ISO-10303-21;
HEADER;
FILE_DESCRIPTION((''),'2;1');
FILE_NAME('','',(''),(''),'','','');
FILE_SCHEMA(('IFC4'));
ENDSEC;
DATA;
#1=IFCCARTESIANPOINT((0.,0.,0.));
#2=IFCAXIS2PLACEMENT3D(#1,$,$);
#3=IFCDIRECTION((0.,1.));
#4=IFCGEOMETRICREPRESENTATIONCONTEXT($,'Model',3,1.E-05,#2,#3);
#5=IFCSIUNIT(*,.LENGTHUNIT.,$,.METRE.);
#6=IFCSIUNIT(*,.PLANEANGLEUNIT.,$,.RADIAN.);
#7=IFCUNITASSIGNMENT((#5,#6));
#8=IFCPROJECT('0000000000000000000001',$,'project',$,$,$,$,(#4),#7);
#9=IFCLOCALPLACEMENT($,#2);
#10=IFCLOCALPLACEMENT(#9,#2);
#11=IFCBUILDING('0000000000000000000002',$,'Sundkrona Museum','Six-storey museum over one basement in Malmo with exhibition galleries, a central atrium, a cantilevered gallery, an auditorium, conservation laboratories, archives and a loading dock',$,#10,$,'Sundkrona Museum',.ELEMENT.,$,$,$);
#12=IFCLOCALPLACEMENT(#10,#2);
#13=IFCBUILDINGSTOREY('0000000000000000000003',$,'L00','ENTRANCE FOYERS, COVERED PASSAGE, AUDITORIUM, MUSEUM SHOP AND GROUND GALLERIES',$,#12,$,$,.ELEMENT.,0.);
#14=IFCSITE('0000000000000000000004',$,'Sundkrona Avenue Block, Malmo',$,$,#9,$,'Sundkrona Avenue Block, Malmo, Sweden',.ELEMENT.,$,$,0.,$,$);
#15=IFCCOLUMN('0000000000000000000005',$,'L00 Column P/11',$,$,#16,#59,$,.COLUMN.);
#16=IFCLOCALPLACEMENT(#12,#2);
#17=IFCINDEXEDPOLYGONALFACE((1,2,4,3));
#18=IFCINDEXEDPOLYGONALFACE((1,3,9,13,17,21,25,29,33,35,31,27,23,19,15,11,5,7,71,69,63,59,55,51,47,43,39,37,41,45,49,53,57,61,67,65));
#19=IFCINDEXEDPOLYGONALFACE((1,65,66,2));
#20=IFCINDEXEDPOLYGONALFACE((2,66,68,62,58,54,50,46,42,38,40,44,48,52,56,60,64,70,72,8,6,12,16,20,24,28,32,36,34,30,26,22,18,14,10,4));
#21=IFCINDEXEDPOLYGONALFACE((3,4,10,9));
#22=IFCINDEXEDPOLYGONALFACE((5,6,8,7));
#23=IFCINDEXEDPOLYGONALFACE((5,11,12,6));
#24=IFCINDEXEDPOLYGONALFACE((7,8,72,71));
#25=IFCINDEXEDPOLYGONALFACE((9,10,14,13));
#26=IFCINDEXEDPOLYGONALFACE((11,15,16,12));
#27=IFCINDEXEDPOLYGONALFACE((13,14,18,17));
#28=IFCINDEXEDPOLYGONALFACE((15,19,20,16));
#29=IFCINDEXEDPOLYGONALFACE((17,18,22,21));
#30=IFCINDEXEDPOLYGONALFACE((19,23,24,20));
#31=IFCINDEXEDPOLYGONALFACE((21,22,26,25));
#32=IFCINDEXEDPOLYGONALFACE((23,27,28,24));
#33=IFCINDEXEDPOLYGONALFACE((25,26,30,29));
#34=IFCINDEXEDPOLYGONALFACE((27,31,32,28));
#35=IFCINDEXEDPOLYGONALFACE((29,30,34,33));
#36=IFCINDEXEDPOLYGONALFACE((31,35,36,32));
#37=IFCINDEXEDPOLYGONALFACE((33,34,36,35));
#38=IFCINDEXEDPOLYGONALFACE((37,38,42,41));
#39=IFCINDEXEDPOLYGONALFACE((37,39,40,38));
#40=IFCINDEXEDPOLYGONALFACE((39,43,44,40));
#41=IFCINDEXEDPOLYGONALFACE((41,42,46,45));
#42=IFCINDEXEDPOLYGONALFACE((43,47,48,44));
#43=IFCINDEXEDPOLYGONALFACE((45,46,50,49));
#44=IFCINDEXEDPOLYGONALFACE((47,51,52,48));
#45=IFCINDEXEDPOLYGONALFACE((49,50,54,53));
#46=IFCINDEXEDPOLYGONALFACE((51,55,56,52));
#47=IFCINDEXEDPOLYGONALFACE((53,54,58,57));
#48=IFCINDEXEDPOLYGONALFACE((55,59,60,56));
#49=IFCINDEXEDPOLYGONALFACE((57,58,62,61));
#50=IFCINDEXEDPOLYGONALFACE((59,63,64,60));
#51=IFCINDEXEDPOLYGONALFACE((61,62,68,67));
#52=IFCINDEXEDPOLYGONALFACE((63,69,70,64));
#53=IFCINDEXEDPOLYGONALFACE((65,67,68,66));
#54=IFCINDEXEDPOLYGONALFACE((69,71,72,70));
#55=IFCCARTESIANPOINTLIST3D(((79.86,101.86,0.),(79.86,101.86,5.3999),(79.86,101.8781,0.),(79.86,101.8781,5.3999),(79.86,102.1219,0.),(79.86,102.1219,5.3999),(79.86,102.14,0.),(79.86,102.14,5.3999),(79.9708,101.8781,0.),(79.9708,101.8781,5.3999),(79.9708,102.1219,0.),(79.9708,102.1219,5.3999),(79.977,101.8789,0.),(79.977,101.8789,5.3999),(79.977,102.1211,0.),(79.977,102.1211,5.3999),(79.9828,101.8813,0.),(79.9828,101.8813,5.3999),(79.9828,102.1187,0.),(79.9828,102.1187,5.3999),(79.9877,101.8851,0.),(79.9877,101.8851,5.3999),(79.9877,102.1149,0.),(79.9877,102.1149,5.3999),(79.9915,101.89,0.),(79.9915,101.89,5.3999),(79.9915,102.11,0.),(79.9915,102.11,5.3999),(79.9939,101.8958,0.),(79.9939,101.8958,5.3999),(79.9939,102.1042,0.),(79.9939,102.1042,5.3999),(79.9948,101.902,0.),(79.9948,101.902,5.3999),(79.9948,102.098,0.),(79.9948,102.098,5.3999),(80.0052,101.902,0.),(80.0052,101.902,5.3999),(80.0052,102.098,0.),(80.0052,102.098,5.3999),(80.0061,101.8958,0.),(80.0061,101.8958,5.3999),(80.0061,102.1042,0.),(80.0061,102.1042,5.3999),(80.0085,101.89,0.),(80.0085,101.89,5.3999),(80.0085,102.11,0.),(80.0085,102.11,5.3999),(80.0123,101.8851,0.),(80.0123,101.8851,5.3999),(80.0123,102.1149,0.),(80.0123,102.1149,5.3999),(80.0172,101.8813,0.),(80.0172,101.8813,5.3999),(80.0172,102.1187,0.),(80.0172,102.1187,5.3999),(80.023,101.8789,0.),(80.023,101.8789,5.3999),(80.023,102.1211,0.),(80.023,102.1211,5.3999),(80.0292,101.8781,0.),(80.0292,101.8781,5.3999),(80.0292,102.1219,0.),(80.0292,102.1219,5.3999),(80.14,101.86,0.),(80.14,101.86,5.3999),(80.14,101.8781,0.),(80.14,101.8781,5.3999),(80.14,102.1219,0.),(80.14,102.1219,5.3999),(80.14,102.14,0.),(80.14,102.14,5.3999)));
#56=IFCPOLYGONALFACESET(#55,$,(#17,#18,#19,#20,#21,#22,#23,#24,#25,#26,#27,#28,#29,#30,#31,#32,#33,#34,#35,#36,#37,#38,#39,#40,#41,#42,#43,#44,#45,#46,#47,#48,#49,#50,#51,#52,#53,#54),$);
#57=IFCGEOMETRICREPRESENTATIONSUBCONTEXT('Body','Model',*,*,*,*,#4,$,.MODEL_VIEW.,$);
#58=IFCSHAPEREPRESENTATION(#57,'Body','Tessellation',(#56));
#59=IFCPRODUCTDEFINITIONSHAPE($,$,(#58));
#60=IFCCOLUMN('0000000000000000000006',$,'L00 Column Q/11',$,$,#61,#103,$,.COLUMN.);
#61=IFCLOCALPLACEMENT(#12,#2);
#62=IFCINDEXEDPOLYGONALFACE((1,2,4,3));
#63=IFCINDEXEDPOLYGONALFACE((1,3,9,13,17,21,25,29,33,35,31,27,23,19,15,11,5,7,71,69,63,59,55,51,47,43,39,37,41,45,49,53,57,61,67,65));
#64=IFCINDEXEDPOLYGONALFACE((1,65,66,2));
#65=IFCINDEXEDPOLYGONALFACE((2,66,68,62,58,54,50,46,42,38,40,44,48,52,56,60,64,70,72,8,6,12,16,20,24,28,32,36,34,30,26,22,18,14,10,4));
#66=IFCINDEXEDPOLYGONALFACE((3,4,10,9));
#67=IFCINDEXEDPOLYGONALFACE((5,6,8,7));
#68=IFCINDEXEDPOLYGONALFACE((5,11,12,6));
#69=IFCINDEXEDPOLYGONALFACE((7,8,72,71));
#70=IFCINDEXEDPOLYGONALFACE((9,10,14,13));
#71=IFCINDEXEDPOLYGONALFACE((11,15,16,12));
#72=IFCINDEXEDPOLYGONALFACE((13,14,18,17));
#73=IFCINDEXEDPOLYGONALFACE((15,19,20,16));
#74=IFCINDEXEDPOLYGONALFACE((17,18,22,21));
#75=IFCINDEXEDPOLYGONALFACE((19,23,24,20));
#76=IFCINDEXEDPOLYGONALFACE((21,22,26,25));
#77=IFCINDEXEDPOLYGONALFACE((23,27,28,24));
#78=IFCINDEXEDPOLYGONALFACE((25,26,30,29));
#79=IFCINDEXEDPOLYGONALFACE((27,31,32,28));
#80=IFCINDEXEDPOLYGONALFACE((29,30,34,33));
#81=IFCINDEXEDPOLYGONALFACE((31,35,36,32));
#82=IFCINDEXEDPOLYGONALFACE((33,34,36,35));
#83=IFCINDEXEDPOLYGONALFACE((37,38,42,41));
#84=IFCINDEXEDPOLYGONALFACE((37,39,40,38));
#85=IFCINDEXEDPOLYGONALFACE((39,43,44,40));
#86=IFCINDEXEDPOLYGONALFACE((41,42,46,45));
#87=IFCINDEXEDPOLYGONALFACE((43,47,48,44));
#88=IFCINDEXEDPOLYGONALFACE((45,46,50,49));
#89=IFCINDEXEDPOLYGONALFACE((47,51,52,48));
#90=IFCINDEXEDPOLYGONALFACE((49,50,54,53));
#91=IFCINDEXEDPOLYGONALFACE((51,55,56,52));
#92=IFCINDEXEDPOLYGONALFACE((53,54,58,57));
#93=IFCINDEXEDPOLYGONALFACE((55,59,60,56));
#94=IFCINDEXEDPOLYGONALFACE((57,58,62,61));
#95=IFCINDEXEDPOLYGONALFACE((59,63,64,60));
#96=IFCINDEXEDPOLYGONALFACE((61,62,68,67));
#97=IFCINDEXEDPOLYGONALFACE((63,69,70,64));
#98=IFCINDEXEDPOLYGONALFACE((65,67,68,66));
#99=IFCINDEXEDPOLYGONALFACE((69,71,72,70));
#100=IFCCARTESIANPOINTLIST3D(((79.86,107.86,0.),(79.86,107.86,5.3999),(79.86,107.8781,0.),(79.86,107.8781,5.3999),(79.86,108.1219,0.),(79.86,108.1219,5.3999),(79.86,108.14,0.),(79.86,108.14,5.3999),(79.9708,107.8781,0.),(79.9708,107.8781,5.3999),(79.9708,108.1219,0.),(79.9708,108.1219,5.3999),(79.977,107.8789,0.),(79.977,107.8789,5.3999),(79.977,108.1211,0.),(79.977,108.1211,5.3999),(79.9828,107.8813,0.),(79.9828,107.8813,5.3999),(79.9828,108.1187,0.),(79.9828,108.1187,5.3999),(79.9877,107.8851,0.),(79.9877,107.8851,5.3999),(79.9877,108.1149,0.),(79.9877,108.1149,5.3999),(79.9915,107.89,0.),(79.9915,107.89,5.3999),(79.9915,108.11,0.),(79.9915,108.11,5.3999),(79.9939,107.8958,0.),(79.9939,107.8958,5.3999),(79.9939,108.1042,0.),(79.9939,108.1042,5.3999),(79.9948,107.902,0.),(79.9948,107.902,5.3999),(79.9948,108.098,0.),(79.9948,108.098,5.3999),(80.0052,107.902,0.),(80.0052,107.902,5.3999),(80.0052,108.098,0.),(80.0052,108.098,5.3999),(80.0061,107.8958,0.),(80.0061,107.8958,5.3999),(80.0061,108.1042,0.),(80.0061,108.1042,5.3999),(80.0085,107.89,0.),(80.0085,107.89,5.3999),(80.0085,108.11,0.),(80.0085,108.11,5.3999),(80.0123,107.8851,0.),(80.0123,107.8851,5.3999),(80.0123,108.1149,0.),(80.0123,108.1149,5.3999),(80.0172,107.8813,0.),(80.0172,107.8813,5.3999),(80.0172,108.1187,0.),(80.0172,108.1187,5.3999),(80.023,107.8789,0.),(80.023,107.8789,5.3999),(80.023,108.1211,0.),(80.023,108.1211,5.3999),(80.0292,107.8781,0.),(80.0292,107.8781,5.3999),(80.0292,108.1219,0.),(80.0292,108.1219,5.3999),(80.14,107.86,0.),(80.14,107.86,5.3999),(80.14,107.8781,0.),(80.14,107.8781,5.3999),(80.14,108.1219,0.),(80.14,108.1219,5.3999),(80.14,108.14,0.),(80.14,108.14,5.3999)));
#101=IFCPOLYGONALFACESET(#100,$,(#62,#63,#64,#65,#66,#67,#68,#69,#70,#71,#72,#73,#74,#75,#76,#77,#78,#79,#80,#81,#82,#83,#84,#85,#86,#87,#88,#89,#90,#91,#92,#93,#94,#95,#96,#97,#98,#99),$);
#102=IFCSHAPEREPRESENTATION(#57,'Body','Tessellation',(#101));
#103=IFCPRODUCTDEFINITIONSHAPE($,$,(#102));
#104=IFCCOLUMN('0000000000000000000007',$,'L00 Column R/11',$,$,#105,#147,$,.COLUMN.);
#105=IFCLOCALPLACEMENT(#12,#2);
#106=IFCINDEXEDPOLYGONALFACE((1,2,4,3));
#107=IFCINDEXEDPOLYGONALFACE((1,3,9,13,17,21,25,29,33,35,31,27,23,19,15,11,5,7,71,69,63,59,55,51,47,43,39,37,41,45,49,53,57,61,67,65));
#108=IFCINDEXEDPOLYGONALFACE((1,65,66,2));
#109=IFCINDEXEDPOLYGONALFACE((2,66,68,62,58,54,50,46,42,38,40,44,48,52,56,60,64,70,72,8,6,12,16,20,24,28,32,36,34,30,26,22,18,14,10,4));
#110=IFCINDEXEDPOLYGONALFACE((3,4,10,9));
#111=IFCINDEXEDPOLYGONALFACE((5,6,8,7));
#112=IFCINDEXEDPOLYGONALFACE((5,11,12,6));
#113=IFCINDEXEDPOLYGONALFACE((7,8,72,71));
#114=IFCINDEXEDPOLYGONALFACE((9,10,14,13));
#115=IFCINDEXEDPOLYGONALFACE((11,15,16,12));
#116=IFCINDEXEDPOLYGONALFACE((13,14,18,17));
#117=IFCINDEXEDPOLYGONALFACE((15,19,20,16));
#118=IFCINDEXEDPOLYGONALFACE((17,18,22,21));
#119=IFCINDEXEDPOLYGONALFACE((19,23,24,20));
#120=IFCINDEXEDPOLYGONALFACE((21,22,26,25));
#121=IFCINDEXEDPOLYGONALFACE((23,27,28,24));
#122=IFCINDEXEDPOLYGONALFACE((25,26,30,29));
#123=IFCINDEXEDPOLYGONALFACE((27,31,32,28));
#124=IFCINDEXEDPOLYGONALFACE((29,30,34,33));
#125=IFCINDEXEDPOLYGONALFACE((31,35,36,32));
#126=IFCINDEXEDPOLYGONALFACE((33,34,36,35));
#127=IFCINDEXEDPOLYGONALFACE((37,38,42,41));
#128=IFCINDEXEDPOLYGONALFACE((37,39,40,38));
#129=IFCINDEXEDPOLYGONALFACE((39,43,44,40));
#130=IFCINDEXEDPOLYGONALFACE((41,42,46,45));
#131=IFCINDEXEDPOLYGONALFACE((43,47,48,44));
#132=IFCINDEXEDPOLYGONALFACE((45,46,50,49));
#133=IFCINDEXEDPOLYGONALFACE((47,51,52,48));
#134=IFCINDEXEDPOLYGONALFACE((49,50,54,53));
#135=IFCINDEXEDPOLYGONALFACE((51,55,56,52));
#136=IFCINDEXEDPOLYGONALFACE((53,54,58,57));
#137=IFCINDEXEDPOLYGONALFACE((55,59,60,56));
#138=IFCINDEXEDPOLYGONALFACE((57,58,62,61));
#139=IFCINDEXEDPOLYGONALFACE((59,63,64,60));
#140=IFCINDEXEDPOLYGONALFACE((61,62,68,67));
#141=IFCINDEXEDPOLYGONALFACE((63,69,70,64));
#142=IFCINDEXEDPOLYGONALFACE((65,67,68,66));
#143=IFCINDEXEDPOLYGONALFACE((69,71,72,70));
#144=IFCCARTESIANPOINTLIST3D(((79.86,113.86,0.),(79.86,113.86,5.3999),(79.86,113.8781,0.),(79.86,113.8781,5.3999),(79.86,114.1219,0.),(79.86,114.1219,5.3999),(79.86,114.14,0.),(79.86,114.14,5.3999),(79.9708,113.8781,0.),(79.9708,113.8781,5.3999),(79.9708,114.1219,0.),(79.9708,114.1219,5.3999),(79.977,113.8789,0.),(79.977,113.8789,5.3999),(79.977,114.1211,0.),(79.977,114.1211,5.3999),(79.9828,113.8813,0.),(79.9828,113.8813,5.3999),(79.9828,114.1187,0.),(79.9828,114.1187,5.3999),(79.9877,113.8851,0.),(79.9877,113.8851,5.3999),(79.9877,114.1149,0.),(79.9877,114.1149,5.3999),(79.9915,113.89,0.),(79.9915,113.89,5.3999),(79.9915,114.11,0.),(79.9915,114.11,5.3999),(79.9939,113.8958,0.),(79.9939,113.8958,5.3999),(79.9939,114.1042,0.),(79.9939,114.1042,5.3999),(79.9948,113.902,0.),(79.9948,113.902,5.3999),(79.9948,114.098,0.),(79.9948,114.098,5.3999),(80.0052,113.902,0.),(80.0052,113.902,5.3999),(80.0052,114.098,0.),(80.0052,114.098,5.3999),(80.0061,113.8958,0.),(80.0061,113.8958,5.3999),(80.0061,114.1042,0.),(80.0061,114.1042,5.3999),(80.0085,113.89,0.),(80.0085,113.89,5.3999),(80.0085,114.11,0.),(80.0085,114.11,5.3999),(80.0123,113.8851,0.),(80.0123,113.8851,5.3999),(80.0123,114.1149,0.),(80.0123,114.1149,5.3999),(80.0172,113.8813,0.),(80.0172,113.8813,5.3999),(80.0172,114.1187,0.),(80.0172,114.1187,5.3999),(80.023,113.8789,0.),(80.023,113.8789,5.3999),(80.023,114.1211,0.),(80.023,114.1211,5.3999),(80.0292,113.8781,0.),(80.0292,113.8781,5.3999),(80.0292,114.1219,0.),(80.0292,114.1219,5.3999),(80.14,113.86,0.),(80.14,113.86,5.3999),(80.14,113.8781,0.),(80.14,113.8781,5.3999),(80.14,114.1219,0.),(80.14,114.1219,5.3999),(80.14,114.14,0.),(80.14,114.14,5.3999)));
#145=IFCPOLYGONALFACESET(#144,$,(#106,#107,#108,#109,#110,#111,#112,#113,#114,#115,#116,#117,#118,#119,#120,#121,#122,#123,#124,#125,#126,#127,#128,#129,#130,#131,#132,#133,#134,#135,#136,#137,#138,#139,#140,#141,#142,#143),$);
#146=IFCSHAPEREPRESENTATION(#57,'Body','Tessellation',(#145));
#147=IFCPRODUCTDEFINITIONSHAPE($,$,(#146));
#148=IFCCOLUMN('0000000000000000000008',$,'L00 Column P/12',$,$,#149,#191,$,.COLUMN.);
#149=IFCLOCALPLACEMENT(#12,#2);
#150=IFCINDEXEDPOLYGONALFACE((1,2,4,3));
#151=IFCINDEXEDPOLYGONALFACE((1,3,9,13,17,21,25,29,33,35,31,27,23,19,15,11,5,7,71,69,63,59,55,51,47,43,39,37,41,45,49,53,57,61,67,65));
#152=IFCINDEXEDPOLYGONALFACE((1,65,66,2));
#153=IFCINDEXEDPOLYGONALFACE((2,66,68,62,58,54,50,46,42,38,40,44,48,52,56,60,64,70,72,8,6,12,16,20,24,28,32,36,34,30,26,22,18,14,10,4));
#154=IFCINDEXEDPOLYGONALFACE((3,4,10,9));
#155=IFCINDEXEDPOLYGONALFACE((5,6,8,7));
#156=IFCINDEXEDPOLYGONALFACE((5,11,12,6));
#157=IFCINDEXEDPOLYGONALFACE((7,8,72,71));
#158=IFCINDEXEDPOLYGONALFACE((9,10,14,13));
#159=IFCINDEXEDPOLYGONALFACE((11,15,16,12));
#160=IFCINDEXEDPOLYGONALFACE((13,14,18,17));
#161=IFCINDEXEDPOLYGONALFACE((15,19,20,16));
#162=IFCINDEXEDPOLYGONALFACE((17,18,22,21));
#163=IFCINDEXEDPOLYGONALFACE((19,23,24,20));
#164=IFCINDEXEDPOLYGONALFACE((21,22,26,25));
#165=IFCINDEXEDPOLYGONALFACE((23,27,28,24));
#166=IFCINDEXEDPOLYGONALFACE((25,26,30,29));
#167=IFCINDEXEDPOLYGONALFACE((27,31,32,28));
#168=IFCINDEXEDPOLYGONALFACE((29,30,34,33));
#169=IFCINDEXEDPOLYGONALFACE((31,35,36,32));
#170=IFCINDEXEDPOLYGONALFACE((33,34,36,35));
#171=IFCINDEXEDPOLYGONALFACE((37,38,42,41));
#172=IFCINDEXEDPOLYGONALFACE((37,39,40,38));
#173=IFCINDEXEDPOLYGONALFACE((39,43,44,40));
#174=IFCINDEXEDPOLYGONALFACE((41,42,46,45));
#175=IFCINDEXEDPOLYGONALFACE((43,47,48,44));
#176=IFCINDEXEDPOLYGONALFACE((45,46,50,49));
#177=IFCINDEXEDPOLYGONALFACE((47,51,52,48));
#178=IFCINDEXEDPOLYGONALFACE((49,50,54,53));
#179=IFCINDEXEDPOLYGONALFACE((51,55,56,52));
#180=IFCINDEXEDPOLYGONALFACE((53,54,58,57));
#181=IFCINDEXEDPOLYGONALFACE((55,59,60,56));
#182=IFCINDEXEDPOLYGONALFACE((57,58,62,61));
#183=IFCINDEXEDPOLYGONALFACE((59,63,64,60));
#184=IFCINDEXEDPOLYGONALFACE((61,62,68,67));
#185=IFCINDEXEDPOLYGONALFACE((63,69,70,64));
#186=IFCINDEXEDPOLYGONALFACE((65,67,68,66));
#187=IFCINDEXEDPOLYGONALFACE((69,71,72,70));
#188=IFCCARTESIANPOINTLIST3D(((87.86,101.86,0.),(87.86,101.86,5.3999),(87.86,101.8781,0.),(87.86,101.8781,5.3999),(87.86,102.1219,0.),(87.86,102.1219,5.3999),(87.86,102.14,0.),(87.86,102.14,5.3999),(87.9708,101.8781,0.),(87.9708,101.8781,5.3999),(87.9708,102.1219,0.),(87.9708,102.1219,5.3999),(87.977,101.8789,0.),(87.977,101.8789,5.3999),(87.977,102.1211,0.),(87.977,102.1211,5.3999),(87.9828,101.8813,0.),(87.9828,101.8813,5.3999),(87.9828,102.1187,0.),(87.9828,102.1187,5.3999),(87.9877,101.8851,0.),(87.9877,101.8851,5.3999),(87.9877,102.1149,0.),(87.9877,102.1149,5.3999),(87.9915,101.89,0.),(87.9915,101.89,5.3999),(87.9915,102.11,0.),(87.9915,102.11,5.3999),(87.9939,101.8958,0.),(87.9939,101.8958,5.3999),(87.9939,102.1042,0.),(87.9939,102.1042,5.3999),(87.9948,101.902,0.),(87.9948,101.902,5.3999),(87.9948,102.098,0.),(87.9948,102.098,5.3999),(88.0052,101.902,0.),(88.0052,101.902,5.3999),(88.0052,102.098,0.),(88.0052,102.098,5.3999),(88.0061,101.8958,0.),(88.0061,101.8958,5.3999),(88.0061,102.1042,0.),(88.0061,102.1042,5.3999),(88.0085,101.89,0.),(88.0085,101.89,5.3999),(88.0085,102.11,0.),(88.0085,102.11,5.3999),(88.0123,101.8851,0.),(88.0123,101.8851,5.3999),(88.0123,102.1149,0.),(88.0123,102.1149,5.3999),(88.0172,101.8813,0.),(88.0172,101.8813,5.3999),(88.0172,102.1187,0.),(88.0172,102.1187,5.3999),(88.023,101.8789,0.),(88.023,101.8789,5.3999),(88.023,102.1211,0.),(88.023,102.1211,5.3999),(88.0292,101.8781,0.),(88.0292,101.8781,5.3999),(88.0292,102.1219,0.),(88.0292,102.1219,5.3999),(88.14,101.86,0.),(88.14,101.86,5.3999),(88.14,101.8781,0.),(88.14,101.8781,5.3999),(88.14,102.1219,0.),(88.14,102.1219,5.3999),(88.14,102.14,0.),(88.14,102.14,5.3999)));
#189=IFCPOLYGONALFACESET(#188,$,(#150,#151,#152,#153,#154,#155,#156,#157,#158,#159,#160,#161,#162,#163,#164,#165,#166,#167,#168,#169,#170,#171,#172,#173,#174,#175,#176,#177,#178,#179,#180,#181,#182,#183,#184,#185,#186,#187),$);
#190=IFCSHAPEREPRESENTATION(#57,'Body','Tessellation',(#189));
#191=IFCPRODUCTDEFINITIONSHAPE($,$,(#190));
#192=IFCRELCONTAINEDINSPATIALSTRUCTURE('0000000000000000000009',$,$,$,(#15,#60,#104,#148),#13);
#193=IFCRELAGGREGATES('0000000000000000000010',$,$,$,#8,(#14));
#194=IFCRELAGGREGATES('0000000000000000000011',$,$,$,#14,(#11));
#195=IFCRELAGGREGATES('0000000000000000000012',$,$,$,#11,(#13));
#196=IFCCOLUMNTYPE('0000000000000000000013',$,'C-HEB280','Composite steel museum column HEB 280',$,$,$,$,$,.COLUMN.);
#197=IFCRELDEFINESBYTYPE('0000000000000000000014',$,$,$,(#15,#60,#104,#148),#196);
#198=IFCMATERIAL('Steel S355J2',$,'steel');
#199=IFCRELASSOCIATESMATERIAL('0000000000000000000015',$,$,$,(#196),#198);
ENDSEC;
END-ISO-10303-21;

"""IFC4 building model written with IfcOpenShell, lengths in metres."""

from ifc_helpers import new_model, si_unit, direction, frame, origin, origin_2d, place, context, subcontext, project, spatial, i_section, extrude, material, material_profile, profile_set, type_object, element, save


model = new_model("IFC4")

# Units and contexts
model_context = context("Model", 3, precision=1e-05, world=origin(), true_north=direction((0.0, 1.0)))
body_context = subcontext(model_context, "Body", "Model", "MODEL_VIEW")
ifc_project = project(units=[si_unit("LENGTHUNIT", "METRE"), si_unit("PLANEANGLEUNIT", "RADIAN")], contexts=[model_context])

# Site, building, storey
site_placement = place(None, origin())
site = spatial("IfcSite", under=ifc_project, at=site_placement, Name="Sundkrona Avenue Block, Malmo", LongName="Sundkrona Avenue Block, Malmo, Sweden", CompositionType="ELEMENT", RefElevation=0.0)
building_placement = place(site_placement, origin())
building = spatial("IfcBuilding", under=site, at=building_placement, Name="Sundkrona Museum", Description="Six-storey museum over one basement in Malmo with exhibition galleries, a central atrium, a cantilevered gallery, an auditorium, conservation laboratories, archives and a loading dock", LongName="Sundkrona Museum", CompositionType="ELEMENT")
storey_placement = place(building_placement, origin())
storey = spatial("IfcBuildingStorey", under=building, at=storey_placement, Name="L00", Description="ENTRANCE FOYERS, COVERED PASSAGE, AUDITORIUM, MUSEUM SHOP AND GROUND GALLERIES", CompositionType="ELEMENT", Elevation=0.0)

# Columns
ifc_material_1 = material(Name="Steel S355J2", Category="steel")
ifc_material_profile_1 = material_profile(ifc_material_1, i_section(OverallWidth=0.28, OverallDepth=0.28, WebThickness=0.0105, FlangeThickness=0.0181, FilletRadius=0.0239, at=origin_2d()), Name="HEB 280")
ifc_profile_set_1 = profile_set([ifc_material_profile_1], Name="Steel S355J2")
column_type = type_object("IfcColumnType", Name="C-HEB280", Description="Composite steel museum column HEB 280", PredefinedType="COLUMN", material=ifc_profile_set_1)
for number, where, z_axis, x_axis, name in (
    (1, (80.0, 102.0, 0.0), (0.0, 0.0, 1.0), (1.0, 0.0, 0.0), "L00 Column P/11"),
    (2, (80.0, 108.0, 0.0), (0.0, 0.0, 1.0), (1.0, 0.0, 0.0), "L00 Column Q/11"),
    (3, (80.0, 114.0, 0.0), (0.0, 0.0, 1.0), (1.0, 0.0, 0.0), "L00 Column R/11"),
    (4, (88.0, 102.0, 0.0), (0.0, 0.0, 1.0), (1.0, 0.0, 0.0), "L00 Column P/12"),
):
    element("IfcColumn", number, at=place(storey_placement, frame(where, z_axis=z_axis, x_axis=x_axis)), inside=storey, type_object=column_type, Name=name, PredefinedType="COLUMN", context=body_context, shape_type="SweptSolid", body=[
        extrude(i_section(OverallWidth=0.28, OverallDepth=0.28, WebThickness=0.0105, FlangeThickness=0.0181, FilletRadius=0.0239, at=origin_2d()), origin(), (0.0, 0.0, 1.0), 5.3999),
    ])

save(model, "model.ifc")
